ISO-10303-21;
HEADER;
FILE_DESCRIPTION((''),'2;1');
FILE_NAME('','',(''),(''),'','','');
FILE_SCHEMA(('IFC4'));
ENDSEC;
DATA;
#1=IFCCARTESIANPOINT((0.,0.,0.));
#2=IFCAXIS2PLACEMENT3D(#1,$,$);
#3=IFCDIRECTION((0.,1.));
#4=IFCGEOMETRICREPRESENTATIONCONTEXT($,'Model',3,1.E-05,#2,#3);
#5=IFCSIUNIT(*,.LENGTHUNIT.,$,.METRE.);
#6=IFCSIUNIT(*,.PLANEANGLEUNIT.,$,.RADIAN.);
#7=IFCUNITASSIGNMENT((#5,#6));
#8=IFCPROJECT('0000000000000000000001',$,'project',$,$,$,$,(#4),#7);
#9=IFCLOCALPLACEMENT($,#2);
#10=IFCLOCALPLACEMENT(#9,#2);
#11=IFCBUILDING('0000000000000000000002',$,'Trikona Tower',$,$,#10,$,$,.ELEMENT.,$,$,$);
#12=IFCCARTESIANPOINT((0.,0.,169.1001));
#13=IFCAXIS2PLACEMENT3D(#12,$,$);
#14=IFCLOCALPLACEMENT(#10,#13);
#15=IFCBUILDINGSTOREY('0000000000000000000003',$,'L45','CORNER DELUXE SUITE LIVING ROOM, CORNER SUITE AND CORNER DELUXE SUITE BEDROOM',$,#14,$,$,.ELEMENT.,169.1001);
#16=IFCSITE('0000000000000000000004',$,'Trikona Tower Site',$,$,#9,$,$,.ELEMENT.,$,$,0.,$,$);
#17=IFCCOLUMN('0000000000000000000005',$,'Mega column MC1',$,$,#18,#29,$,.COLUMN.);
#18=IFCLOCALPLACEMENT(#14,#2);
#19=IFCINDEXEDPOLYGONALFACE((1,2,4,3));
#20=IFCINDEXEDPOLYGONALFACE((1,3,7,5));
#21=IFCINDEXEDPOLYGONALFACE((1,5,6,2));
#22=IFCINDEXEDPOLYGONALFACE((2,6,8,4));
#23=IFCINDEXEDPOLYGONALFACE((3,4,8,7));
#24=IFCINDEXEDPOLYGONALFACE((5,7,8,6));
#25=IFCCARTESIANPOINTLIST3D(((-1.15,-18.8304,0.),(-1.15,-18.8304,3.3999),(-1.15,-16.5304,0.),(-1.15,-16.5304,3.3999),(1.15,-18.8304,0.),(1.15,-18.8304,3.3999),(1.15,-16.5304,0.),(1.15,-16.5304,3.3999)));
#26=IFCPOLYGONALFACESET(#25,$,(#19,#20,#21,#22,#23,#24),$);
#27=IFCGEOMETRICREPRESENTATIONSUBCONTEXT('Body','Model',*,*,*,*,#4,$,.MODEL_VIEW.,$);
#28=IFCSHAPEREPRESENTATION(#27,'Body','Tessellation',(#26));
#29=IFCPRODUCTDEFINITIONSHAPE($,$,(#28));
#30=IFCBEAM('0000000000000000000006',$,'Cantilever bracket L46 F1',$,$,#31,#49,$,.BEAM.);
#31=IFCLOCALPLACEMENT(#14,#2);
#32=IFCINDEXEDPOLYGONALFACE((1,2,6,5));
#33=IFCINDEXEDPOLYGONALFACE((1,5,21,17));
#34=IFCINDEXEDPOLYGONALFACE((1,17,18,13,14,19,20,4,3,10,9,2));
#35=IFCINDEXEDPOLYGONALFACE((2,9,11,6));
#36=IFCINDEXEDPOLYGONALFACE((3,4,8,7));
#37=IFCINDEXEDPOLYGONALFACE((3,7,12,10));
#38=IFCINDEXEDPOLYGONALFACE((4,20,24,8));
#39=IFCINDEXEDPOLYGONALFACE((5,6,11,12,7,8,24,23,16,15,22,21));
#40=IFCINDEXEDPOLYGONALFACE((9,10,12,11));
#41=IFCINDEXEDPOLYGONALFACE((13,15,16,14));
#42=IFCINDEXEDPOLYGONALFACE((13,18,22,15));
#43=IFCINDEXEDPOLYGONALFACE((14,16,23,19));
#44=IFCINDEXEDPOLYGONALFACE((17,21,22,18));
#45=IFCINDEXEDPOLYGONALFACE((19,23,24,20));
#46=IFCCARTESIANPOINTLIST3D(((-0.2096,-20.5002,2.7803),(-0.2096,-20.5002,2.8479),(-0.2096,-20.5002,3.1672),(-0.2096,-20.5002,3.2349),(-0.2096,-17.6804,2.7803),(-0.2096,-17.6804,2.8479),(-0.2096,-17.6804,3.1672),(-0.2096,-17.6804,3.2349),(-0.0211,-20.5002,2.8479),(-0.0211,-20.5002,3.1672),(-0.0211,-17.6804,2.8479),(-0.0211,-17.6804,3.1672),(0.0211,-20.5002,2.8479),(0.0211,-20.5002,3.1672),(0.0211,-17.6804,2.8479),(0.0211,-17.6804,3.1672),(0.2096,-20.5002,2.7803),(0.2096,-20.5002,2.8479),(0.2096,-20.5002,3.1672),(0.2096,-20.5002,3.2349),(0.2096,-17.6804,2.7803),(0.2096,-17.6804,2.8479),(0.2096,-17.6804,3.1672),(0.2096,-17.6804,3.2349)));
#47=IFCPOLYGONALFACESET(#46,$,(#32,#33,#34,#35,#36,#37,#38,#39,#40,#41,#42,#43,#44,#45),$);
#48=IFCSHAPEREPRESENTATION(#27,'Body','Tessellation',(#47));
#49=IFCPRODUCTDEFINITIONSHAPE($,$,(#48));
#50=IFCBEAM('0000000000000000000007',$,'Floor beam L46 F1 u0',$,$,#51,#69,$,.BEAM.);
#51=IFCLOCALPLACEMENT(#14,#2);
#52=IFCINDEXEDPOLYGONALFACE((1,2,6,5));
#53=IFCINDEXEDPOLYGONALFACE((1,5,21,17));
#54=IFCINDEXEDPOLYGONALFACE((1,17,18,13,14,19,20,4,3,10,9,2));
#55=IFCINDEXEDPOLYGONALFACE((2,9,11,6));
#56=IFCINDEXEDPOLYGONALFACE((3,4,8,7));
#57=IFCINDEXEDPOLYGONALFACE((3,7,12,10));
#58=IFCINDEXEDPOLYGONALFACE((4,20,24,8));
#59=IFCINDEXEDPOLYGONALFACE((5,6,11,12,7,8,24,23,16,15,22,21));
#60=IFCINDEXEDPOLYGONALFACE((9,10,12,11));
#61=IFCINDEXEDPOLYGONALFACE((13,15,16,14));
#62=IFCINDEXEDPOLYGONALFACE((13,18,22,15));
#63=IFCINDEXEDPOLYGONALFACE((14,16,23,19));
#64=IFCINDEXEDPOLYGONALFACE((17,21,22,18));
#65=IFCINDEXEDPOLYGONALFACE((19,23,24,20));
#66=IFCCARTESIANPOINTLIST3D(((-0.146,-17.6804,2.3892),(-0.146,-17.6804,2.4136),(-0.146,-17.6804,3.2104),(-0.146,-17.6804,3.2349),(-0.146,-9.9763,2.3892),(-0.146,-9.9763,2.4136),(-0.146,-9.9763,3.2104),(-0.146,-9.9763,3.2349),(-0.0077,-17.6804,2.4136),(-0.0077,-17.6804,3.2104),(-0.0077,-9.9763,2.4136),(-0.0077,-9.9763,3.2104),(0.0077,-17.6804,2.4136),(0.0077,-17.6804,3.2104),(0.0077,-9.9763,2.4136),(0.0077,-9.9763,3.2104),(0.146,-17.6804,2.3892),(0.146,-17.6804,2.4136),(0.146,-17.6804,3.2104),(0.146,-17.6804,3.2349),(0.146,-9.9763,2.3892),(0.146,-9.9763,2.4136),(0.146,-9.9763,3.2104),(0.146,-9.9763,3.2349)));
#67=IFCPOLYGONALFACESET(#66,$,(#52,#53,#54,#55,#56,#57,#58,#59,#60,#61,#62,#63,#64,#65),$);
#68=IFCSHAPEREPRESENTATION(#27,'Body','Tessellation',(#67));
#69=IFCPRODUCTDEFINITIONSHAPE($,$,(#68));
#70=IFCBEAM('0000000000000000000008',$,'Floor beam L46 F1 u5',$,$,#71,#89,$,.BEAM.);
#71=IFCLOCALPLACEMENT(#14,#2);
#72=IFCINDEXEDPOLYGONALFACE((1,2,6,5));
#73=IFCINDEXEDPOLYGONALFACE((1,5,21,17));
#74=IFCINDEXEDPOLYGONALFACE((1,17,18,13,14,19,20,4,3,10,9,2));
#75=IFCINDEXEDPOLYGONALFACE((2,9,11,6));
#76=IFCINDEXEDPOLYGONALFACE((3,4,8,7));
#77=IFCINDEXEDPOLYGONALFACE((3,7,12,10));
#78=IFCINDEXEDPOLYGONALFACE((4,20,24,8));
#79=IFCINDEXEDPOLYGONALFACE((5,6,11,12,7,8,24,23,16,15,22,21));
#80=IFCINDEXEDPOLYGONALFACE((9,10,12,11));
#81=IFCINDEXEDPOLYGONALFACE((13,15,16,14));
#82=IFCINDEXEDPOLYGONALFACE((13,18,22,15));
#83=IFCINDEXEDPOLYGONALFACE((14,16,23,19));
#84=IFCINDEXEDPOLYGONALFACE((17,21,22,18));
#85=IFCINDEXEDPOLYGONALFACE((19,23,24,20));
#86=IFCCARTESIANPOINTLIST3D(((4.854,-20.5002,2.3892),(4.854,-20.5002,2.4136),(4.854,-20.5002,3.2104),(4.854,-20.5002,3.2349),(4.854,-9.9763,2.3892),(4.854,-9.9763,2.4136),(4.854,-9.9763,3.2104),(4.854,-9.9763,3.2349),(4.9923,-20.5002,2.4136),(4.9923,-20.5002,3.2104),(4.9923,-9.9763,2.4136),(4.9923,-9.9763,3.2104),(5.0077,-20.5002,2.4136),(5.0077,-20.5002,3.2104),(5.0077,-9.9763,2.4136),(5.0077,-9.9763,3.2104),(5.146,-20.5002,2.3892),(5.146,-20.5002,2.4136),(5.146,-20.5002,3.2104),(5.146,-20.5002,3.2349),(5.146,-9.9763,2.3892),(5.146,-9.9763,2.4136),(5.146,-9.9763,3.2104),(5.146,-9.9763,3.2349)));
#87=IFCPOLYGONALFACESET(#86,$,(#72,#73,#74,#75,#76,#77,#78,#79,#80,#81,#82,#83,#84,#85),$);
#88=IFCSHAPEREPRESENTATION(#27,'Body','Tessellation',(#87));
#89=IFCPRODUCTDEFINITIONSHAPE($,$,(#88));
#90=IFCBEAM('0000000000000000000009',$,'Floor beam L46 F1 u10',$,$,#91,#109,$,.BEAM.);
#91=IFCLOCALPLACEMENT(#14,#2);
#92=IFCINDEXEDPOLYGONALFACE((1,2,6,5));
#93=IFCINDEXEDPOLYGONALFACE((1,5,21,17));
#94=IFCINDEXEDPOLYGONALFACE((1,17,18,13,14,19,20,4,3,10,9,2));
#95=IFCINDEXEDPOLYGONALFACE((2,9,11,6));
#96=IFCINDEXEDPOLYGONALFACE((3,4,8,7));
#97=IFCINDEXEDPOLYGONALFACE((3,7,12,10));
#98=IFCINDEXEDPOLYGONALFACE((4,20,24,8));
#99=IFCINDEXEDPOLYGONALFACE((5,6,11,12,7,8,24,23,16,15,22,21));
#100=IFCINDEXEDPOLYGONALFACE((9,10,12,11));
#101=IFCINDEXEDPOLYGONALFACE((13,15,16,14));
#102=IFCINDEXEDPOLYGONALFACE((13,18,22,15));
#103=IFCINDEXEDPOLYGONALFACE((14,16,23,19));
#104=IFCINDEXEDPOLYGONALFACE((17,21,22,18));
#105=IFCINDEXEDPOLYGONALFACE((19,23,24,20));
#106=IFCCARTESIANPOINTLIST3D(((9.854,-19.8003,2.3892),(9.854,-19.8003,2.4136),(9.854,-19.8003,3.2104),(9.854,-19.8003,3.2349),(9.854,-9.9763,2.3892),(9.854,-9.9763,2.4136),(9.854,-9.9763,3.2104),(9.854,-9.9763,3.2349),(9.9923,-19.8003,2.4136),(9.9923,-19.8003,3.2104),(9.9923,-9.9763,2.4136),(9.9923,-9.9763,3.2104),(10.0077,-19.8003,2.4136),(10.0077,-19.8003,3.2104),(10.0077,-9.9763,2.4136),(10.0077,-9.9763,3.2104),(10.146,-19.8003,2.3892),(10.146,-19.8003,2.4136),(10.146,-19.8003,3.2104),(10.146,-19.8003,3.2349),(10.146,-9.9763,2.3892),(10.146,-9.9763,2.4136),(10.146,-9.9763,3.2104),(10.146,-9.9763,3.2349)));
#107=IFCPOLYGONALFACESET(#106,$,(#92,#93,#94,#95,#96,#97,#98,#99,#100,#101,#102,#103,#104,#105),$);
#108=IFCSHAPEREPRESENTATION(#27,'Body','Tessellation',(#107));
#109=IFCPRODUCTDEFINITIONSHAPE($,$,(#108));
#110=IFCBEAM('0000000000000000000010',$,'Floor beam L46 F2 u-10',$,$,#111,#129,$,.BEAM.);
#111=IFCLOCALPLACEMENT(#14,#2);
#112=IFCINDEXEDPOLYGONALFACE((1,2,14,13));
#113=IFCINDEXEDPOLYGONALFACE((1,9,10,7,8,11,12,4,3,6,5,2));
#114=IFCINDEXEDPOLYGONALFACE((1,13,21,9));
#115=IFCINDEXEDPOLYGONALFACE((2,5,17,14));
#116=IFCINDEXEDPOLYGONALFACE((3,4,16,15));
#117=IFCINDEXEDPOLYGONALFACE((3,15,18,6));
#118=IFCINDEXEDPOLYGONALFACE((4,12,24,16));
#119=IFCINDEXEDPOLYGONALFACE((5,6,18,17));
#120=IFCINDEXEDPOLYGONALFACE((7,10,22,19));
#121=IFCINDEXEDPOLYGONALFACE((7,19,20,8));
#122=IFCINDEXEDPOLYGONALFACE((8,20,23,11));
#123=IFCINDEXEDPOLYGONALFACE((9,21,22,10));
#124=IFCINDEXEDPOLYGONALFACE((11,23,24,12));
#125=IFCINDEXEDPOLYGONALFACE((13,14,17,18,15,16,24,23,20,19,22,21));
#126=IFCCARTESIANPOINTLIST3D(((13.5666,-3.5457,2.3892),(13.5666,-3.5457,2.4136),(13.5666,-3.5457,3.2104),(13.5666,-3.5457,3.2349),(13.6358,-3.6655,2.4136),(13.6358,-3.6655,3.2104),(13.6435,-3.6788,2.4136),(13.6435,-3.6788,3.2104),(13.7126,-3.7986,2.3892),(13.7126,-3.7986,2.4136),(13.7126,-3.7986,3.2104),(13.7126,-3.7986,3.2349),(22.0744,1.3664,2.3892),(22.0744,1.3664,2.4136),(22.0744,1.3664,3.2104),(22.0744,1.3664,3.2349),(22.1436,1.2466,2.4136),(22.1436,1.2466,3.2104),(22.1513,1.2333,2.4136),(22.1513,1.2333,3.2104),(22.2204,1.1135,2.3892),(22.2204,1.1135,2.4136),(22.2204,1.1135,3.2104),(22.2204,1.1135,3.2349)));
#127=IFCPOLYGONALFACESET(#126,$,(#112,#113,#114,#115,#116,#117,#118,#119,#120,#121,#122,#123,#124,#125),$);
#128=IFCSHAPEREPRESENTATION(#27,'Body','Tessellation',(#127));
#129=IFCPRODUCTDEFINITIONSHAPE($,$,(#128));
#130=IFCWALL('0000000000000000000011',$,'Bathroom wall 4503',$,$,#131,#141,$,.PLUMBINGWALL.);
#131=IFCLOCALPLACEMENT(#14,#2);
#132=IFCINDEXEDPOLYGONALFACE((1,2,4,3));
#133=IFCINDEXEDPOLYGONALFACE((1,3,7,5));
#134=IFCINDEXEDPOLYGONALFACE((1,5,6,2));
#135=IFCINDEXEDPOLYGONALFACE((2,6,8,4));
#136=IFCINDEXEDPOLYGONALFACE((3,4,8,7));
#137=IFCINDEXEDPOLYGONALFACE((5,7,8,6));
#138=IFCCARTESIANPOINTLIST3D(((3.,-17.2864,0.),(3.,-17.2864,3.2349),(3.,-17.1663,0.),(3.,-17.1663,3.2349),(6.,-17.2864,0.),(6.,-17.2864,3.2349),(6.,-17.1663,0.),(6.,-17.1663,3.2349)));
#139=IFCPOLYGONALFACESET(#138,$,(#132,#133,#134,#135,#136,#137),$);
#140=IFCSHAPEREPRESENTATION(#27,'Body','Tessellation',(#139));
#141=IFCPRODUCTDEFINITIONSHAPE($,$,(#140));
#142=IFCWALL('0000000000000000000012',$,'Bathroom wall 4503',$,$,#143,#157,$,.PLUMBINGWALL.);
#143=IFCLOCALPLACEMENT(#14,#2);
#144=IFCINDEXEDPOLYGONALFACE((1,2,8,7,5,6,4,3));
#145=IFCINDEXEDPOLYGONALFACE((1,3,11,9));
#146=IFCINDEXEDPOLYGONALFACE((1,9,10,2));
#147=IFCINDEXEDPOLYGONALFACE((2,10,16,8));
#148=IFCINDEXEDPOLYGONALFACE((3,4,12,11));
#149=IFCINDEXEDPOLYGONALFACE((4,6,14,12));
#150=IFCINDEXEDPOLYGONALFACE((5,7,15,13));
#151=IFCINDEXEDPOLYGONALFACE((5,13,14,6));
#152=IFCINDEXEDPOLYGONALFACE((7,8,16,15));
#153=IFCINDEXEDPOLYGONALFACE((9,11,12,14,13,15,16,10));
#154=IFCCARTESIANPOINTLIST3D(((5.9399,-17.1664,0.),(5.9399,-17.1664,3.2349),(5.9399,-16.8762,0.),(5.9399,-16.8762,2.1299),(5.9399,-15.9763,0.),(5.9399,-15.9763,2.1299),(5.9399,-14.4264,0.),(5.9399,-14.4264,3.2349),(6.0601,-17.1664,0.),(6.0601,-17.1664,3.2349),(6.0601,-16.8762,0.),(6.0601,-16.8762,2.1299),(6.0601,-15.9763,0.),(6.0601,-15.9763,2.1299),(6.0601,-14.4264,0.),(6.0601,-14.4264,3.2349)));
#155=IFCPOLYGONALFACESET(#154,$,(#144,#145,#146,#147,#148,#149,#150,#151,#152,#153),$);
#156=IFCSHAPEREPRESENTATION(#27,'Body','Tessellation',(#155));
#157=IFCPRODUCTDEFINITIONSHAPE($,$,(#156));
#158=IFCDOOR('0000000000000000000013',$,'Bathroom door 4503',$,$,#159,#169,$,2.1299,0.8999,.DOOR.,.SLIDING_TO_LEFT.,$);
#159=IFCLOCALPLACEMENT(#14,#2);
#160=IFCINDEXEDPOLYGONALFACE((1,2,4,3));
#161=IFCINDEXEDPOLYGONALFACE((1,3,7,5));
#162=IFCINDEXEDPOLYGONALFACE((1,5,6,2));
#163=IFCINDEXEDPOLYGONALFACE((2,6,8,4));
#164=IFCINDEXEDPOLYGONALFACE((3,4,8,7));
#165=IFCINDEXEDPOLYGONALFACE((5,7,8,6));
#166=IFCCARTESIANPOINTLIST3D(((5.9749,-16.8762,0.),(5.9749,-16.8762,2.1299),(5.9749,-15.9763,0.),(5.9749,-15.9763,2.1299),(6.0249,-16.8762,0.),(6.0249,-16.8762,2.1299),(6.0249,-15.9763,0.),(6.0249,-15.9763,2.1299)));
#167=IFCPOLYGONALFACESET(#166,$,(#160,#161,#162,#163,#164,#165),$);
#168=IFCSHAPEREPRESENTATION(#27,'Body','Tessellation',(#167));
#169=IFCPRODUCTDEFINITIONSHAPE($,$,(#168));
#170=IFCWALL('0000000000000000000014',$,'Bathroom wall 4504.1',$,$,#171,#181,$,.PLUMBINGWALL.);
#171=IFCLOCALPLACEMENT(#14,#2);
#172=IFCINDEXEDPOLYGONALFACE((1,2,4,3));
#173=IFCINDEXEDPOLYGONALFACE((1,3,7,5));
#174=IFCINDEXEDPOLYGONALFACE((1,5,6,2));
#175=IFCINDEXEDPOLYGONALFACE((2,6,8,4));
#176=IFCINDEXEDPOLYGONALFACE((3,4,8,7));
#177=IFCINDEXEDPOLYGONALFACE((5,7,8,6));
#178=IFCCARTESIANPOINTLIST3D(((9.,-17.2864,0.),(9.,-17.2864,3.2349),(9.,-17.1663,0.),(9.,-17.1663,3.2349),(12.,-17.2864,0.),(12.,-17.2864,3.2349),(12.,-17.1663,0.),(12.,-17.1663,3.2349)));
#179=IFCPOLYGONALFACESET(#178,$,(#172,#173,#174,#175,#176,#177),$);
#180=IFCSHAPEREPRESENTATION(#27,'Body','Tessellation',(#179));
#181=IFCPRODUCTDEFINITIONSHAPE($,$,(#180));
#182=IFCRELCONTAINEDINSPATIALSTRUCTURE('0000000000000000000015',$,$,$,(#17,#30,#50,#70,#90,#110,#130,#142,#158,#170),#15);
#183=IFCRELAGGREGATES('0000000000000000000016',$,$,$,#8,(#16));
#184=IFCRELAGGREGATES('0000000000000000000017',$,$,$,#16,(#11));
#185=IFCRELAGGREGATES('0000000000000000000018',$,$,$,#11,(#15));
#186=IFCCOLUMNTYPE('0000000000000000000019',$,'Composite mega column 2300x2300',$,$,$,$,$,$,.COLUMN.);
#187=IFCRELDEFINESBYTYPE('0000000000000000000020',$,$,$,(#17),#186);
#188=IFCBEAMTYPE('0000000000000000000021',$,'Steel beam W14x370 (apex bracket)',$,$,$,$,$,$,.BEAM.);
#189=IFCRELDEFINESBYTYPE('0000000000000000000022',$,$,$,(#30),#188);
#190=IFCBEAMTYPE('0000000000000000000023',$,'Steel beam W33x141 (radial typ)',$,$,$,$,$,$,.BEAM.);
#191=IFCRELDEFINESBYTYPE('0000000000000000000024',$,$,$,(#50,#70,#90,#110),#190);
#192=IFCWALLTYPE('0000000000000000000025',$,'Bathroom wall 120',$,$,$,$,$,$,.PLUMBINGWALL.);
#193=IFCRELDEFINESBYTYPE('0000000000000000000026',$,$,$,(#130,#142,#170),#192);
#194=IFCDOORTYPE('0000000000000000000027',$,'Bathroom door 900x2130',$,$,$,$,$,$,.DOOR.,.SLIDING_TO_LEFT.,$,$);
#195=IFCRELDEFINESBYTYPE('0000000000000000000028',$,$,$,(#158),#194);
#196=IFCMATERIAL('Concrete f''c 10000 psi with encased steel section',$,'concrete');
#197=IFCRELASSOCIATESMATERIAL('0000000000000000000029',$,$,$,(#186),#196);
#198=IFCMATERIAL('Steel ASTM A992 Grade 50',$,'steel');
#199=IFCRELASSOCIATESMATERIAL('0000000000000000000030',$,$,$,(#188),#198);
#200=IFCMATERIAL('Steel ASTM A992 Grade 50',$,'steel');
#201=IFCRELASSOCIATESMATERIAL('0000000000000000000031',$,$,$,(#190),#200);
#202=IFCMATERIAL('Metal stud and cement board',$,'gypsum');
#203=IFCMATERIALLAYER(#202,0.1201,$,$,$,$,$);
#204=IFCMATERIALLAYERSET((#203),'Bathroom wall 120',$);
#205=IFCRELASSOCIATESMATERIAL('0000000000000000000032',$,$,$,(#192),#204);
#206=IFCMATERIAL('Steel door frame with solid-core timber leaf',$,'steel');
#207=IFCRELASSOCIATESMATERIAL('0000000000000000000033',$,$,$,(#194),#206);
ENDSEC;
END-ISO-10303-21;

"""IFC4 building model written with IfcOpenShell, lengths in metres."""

from ifc_helpers import new_model, si_unit, direction, frame, frame_2d, origin, origin_2d, place, context, subcontext, project, spatial, rectangle, i_section, extrude, material, layer, layer_set, material_profile, profile_set, type_object, element, fill, save


model = new_model("IFC4")

# Units and contexts
model_context = context("Model", 3, precision=1e-05, world=origin(), true_north=direction((0.0, 1.0)))
body_context = subcontext(model_context, "Body", "Model", "MODEL_VIEW")
ifc_project = project(units=[si_unit("LENGTHUNIT", "METRE"), si_unit("PLANEANGLEUNIT", "RADIAN")], contexts=[model_context])

# Site, building, storey
site_placement = place(None, origin())
site = spatial("IfcSite", under=ifc_project, at=site_placement, Name="Trikona Tower Site", CompositionType="ELEMENT", RefElevation=0.0)
building_placement = place(site_placement, origin())
building = spatial("IfcBuilding", under=site, at=building_placement, Name="Trikona Tower", CompositionType="ELEMENT")
storey_placement = place(building_placement, frame((0.0, 0.0, 169.1001)))
storey = spatial("IfcBuildingStorey", under=building, at=storey_placement, Name="L45", Description="CORNER DELUXE SUITE LIVING ROOM, CORNER SUITE AND CORNER DELUXE SUITE BEDROOM", CompositionType="ELEMENT", Elevation=169.1001)

# Column
ifc_material_1 = material(Name="Concrete f'c 10000 psi with encased steel section", Category="concrete")
ifc_material_profile_1 = material_profile(ifc_material_1, rectangle(XDim=2.3, YDim=2.3, at=origin_2d()), Name="MC2300")
ifc_profile_set_1 = profile_set([ifc_material_profile_1], Name="Concrete f'c 10000 psi with encased steel section")
column_type = type_object("IfcColumnType", Name="Composite mega column 2300x2300", PredefinedType="COLUMN", material=ifc_profile_set_1)
column_placement = place(storey_placement, frame((0.0, -17.6804, 0.0), z_axis=(0.0, 0.0, 1.0), x_axis=(0.0, -1.0, 0.0)))
element("IfcColumn", 1, at=column_placement, inside=storey, type_object=column_type, Name="Mega column MC1", PredefinedType="COLUMN", context=body_context, shape_type="SweptSolid", body=[
    extrude(rectangle(XDim=2.3, YDim=2.3, at=origin_2d()), origin(), (0.0, 0.0, 1.0), 3.3999),
])

# Beams
ifc_material_2 = material(Name="Steel ASTM A992 Grade 50", Category="steel")
ifc_material_profile_2 = material_profile(ifc_material_2, i_section(OverallWidth=0.4192, OverallDepth=0.4546, WebThickness=0.0422, FlangeThickness=0.0676, at=origin_2d()), Name="W14X370")
ifc_profile_set_2 = profile_set([ifc_material_profile_2], Name="Steel ASTM A992 Grade 50")
beam_type_1 = type_object("IfcBeamType", Name="Steel beam W14x370 (apex bracket)", PredefinedType="BEAM", material=ifc_profile_set_2)
beam_1_placement = place(storey_placement, frame((0.0, -17.6804, 3.0076), z_axis=(0.0, -1.0, 0.0), x_axis=(1.0, 0.0, 0.0)))
element("IfcBeam", 2, at=beam_1_placement, inside=storey, type_object=beam_type_1, Name="Cantilever bracket L46 F1", PredefinedType="BEAM", context=body_context, shape_type="SweptSolid", body=[
    extrude(i_section(OverallWidth=0.4192, OverallDepth=0.4546, WebThickness=0.0422, FlangeThickness=0.0676, at=origin_2d()), origin(), (0.0, 0.0, 1.0), 2.8198),
])
ifc_material_3 = material(Name="Steel ASTM A992 Grade 50", Category="steel")
ifc_material_profile_3 = material_profile(ifc_material_3, i_section(OverallWidth=0.292, OverallDepth=0.8457, WebThickness=0.0154, FlangeThickness=0.0244, at=origin_2d()), Name="W33X141")
ifc_profile_set_3 = profile_set([ifc_material_profile_3], Name="Steel ASTM A992 Grade 50")
beam_type_2 = type_object("IfcBeamType", Name="Steel beam W33x141 (radial typ)", PredefinedType="BEAM", material=ifc_profile_set_3)
beam_2_placement = place(storey_placement, frame((0.0, -9.9763, 2.812), z_axis=(0.0, -1.0, 0.0), x_axis=(1.0, 0.0, 0.0)))
element("IfcBeam", 3, at=beam_2_placement, inside=storey, type_object=beam_type_2, Name="Floor beam L46 F1 u0", PredefinedType="BEAM", context=body_context, shape_type="SweptSolid", body=[
    extrude(i_section(OverallWidth=0.292, OverallDepth=0.8457, WebThickness=0.0154, FlangeThickness=0.0244, at=origin_2d()), origin(), (0.0, 0.0, 1.0), 7.7041),
])
beam_3_placement = place(storey_placement, frame((5.0, -9.9763, 2.812), z_axis=(0.0, -1.0, 0.0), x_axis=(1.0, 0.0, 0.0)))
element("IfcBeam", 4, at=beam_3_placement, inside=storey, type_object=beam_type_2, Name="Floor beam L46 F1 u5", PredefinedType="BEAM", context=body_context, shape_type="SweptSolid", body=[
    extrude(i_section(OverallWidth=0.292, OverallDepth=0.8457, WebThickness=0.0154, FlangeThickness=0.0244, at=origin_2d()), origin(), (0.0, 0.0, 1.0), 10.5239),
])
for number, where, z_axis, x_axis, name in (
    (5, (10.0, -9.9763, 2.812), (0.0, -1.0, 0.0), (1.0, 0.0, 0.0), "Floor beam L46 F1 u10"),
    (6, (13.6396, -3.6721, 2.812), (0.86602, 0.500009, 0.0), (-0.500009, 0.86602, 0.0), "Floor beam L46 F2 u-10"),
):
    element("IfcBeam", number, at=place(storey_placement, frame(where, z_axis=z_axis, x_axis=x_axis)), inside=storey, type_object=beam_type_2, Name=name, PredefinedType="BEAM", context=body_context, shape_type="SweptSolid", body=[
        extrude(i_section(OverallWidth=0.292, OverallDepth=0.8457, WebThickness=0.0154, FlangeThickness=0.0244, at=origin_2d()), origin(), (0.0, 0.0, 1.0), 9.824),
    ])

# Wall
ifc_material_4 = material(Name="Metal stud and cement board", Category="gypsum")
ifc_layer_1 = layer(ifc_material_4, 0.1201)
ifc_layer_set_1 = layer_set([ifc_layer_1], Name="Bathroom wall 120")
wall_type_1 = type_object("IfcWallType", Name="Bathroom wall 120", PredefinedType="PLUMBINGWALL", material=ifc_layer_set_1)
wall_1_placement = place(storey_placement, frame((3.0, -17.2263, 0.0), z_axis=(0.0, 0.0, 1.0), x_axis=(1.0, 0.0, 0.0)))
element("IfcWall", 7, at=wall_1_placement, inside=storey, type_object=wall_type_1, Name="Bathroom wall 4503", PredefinedType="PLUMBINGWALL", context=body_context, shape_type="SweptSolid", body=[
    extrude(rectangle(XDim=3.0, YDim=0.1201, at=frame_2d((1.5, 0.0))), origin(), (0.0, 0.0, 1.0), 3.2349),
])

# Wall, opening, door
wall_2_placement = place(storey_placement, frame((6.0, -14.4263, 0.0), z_axis=(0.0, 0.0, 1.0), x_axis=(0.0, -1.0, 0.0)))
wall_2 = element("IfcWall", 8, at=wall_2_placement, inside=storey, type_object=wall_type_1, Name="Bathroom wall 4503", PredefinedType="PLUMBINGWALL", context=body_context, shape_type="SweptSolid", body=[
    extrude(rectangle(XDim=2.74, YDim=0.1201, at=frame_2d((1.3701, 0.0))), origin(), (0.0, 0.0, 1.0), 3.2349),
])
opening_1_placement = place(wall_2_placement, frame((1.55, 0.0, 0.0)))
opening_1 = element("IfcOpeningElement", 9, at=opening_1_placement, cuts=wall_2, PredefinedType="OPENING", context=body_context, shape_type="SweptSolid", body=[
    extrude(rectangle(XDim=0.8999, YDim=2.1299, at=frame_2d((0.45, 1.0649))), frame((0.0, 0.0701, 0.0), z_axis=(0.0, -1.0, 0.0), x_axis=(1.0, 0.0, 0.0)), (0.0, 0.0, 1.0), 0.1401),
])
ifc_material_5 = material(Name="Steel door frame with solid-core timber leaf", Category="steel")
door_type_1 = type_object("IfcDoorType", Name="Bathroom door 900x2130", OperationType="SLIDING_TO_LEFT", PredefinedType="DOOR", material=ifc_material_5)
door_1_placement = place(opening_1_placement, origin())
door_1 = element("IfcDoor", 10, at=door_1_placement, inside=storey, type_object=door_type_1, Name="Bathroom door 4503", OperationType="SLIDING_TO_LEFT", OverallHeight=2.1299, OverallWidth=0.8999, PredefinedType="DOOR", context=body_context, shape_type="SweptSolid", body=[
    extrude(rectangle(XDim=0.8999, YDim=2.1299, at=frame_2d((0.45, 1.0649))), frame((0.0, 0.0249, 0.0), z_axis=(0.0, -1.0, 0.0), x_axis=(1.0, 0.0, 0.0)), (0.0, 0.0, 1.0), 0.05),
])
fill(opening_1, door_1)

# Wall
wall_3_placement = place(storey_placement, frame((9.0, -17.2263, 0.0), z_axis=(0.0, 0.0, 1.0), x_axis=(1.0, 0.0, 0.0)))
element("IfcWall", 11, at=wall_3_placement, inside=storey, type_object=wall_type_1, Name="Bathroom wall 4504.1", PredefinedType="PLUMBINGWALL", context=body_context, shape_type="SweptSolid", body=[
    extrude(rectangle(XDim=3.0, YDim=0.1201, at=frame_2d((1.5, 0.0))), origin(), (0.0, 0.0, 1.0), 3.2349),
])

save(model, "model.ifc")
